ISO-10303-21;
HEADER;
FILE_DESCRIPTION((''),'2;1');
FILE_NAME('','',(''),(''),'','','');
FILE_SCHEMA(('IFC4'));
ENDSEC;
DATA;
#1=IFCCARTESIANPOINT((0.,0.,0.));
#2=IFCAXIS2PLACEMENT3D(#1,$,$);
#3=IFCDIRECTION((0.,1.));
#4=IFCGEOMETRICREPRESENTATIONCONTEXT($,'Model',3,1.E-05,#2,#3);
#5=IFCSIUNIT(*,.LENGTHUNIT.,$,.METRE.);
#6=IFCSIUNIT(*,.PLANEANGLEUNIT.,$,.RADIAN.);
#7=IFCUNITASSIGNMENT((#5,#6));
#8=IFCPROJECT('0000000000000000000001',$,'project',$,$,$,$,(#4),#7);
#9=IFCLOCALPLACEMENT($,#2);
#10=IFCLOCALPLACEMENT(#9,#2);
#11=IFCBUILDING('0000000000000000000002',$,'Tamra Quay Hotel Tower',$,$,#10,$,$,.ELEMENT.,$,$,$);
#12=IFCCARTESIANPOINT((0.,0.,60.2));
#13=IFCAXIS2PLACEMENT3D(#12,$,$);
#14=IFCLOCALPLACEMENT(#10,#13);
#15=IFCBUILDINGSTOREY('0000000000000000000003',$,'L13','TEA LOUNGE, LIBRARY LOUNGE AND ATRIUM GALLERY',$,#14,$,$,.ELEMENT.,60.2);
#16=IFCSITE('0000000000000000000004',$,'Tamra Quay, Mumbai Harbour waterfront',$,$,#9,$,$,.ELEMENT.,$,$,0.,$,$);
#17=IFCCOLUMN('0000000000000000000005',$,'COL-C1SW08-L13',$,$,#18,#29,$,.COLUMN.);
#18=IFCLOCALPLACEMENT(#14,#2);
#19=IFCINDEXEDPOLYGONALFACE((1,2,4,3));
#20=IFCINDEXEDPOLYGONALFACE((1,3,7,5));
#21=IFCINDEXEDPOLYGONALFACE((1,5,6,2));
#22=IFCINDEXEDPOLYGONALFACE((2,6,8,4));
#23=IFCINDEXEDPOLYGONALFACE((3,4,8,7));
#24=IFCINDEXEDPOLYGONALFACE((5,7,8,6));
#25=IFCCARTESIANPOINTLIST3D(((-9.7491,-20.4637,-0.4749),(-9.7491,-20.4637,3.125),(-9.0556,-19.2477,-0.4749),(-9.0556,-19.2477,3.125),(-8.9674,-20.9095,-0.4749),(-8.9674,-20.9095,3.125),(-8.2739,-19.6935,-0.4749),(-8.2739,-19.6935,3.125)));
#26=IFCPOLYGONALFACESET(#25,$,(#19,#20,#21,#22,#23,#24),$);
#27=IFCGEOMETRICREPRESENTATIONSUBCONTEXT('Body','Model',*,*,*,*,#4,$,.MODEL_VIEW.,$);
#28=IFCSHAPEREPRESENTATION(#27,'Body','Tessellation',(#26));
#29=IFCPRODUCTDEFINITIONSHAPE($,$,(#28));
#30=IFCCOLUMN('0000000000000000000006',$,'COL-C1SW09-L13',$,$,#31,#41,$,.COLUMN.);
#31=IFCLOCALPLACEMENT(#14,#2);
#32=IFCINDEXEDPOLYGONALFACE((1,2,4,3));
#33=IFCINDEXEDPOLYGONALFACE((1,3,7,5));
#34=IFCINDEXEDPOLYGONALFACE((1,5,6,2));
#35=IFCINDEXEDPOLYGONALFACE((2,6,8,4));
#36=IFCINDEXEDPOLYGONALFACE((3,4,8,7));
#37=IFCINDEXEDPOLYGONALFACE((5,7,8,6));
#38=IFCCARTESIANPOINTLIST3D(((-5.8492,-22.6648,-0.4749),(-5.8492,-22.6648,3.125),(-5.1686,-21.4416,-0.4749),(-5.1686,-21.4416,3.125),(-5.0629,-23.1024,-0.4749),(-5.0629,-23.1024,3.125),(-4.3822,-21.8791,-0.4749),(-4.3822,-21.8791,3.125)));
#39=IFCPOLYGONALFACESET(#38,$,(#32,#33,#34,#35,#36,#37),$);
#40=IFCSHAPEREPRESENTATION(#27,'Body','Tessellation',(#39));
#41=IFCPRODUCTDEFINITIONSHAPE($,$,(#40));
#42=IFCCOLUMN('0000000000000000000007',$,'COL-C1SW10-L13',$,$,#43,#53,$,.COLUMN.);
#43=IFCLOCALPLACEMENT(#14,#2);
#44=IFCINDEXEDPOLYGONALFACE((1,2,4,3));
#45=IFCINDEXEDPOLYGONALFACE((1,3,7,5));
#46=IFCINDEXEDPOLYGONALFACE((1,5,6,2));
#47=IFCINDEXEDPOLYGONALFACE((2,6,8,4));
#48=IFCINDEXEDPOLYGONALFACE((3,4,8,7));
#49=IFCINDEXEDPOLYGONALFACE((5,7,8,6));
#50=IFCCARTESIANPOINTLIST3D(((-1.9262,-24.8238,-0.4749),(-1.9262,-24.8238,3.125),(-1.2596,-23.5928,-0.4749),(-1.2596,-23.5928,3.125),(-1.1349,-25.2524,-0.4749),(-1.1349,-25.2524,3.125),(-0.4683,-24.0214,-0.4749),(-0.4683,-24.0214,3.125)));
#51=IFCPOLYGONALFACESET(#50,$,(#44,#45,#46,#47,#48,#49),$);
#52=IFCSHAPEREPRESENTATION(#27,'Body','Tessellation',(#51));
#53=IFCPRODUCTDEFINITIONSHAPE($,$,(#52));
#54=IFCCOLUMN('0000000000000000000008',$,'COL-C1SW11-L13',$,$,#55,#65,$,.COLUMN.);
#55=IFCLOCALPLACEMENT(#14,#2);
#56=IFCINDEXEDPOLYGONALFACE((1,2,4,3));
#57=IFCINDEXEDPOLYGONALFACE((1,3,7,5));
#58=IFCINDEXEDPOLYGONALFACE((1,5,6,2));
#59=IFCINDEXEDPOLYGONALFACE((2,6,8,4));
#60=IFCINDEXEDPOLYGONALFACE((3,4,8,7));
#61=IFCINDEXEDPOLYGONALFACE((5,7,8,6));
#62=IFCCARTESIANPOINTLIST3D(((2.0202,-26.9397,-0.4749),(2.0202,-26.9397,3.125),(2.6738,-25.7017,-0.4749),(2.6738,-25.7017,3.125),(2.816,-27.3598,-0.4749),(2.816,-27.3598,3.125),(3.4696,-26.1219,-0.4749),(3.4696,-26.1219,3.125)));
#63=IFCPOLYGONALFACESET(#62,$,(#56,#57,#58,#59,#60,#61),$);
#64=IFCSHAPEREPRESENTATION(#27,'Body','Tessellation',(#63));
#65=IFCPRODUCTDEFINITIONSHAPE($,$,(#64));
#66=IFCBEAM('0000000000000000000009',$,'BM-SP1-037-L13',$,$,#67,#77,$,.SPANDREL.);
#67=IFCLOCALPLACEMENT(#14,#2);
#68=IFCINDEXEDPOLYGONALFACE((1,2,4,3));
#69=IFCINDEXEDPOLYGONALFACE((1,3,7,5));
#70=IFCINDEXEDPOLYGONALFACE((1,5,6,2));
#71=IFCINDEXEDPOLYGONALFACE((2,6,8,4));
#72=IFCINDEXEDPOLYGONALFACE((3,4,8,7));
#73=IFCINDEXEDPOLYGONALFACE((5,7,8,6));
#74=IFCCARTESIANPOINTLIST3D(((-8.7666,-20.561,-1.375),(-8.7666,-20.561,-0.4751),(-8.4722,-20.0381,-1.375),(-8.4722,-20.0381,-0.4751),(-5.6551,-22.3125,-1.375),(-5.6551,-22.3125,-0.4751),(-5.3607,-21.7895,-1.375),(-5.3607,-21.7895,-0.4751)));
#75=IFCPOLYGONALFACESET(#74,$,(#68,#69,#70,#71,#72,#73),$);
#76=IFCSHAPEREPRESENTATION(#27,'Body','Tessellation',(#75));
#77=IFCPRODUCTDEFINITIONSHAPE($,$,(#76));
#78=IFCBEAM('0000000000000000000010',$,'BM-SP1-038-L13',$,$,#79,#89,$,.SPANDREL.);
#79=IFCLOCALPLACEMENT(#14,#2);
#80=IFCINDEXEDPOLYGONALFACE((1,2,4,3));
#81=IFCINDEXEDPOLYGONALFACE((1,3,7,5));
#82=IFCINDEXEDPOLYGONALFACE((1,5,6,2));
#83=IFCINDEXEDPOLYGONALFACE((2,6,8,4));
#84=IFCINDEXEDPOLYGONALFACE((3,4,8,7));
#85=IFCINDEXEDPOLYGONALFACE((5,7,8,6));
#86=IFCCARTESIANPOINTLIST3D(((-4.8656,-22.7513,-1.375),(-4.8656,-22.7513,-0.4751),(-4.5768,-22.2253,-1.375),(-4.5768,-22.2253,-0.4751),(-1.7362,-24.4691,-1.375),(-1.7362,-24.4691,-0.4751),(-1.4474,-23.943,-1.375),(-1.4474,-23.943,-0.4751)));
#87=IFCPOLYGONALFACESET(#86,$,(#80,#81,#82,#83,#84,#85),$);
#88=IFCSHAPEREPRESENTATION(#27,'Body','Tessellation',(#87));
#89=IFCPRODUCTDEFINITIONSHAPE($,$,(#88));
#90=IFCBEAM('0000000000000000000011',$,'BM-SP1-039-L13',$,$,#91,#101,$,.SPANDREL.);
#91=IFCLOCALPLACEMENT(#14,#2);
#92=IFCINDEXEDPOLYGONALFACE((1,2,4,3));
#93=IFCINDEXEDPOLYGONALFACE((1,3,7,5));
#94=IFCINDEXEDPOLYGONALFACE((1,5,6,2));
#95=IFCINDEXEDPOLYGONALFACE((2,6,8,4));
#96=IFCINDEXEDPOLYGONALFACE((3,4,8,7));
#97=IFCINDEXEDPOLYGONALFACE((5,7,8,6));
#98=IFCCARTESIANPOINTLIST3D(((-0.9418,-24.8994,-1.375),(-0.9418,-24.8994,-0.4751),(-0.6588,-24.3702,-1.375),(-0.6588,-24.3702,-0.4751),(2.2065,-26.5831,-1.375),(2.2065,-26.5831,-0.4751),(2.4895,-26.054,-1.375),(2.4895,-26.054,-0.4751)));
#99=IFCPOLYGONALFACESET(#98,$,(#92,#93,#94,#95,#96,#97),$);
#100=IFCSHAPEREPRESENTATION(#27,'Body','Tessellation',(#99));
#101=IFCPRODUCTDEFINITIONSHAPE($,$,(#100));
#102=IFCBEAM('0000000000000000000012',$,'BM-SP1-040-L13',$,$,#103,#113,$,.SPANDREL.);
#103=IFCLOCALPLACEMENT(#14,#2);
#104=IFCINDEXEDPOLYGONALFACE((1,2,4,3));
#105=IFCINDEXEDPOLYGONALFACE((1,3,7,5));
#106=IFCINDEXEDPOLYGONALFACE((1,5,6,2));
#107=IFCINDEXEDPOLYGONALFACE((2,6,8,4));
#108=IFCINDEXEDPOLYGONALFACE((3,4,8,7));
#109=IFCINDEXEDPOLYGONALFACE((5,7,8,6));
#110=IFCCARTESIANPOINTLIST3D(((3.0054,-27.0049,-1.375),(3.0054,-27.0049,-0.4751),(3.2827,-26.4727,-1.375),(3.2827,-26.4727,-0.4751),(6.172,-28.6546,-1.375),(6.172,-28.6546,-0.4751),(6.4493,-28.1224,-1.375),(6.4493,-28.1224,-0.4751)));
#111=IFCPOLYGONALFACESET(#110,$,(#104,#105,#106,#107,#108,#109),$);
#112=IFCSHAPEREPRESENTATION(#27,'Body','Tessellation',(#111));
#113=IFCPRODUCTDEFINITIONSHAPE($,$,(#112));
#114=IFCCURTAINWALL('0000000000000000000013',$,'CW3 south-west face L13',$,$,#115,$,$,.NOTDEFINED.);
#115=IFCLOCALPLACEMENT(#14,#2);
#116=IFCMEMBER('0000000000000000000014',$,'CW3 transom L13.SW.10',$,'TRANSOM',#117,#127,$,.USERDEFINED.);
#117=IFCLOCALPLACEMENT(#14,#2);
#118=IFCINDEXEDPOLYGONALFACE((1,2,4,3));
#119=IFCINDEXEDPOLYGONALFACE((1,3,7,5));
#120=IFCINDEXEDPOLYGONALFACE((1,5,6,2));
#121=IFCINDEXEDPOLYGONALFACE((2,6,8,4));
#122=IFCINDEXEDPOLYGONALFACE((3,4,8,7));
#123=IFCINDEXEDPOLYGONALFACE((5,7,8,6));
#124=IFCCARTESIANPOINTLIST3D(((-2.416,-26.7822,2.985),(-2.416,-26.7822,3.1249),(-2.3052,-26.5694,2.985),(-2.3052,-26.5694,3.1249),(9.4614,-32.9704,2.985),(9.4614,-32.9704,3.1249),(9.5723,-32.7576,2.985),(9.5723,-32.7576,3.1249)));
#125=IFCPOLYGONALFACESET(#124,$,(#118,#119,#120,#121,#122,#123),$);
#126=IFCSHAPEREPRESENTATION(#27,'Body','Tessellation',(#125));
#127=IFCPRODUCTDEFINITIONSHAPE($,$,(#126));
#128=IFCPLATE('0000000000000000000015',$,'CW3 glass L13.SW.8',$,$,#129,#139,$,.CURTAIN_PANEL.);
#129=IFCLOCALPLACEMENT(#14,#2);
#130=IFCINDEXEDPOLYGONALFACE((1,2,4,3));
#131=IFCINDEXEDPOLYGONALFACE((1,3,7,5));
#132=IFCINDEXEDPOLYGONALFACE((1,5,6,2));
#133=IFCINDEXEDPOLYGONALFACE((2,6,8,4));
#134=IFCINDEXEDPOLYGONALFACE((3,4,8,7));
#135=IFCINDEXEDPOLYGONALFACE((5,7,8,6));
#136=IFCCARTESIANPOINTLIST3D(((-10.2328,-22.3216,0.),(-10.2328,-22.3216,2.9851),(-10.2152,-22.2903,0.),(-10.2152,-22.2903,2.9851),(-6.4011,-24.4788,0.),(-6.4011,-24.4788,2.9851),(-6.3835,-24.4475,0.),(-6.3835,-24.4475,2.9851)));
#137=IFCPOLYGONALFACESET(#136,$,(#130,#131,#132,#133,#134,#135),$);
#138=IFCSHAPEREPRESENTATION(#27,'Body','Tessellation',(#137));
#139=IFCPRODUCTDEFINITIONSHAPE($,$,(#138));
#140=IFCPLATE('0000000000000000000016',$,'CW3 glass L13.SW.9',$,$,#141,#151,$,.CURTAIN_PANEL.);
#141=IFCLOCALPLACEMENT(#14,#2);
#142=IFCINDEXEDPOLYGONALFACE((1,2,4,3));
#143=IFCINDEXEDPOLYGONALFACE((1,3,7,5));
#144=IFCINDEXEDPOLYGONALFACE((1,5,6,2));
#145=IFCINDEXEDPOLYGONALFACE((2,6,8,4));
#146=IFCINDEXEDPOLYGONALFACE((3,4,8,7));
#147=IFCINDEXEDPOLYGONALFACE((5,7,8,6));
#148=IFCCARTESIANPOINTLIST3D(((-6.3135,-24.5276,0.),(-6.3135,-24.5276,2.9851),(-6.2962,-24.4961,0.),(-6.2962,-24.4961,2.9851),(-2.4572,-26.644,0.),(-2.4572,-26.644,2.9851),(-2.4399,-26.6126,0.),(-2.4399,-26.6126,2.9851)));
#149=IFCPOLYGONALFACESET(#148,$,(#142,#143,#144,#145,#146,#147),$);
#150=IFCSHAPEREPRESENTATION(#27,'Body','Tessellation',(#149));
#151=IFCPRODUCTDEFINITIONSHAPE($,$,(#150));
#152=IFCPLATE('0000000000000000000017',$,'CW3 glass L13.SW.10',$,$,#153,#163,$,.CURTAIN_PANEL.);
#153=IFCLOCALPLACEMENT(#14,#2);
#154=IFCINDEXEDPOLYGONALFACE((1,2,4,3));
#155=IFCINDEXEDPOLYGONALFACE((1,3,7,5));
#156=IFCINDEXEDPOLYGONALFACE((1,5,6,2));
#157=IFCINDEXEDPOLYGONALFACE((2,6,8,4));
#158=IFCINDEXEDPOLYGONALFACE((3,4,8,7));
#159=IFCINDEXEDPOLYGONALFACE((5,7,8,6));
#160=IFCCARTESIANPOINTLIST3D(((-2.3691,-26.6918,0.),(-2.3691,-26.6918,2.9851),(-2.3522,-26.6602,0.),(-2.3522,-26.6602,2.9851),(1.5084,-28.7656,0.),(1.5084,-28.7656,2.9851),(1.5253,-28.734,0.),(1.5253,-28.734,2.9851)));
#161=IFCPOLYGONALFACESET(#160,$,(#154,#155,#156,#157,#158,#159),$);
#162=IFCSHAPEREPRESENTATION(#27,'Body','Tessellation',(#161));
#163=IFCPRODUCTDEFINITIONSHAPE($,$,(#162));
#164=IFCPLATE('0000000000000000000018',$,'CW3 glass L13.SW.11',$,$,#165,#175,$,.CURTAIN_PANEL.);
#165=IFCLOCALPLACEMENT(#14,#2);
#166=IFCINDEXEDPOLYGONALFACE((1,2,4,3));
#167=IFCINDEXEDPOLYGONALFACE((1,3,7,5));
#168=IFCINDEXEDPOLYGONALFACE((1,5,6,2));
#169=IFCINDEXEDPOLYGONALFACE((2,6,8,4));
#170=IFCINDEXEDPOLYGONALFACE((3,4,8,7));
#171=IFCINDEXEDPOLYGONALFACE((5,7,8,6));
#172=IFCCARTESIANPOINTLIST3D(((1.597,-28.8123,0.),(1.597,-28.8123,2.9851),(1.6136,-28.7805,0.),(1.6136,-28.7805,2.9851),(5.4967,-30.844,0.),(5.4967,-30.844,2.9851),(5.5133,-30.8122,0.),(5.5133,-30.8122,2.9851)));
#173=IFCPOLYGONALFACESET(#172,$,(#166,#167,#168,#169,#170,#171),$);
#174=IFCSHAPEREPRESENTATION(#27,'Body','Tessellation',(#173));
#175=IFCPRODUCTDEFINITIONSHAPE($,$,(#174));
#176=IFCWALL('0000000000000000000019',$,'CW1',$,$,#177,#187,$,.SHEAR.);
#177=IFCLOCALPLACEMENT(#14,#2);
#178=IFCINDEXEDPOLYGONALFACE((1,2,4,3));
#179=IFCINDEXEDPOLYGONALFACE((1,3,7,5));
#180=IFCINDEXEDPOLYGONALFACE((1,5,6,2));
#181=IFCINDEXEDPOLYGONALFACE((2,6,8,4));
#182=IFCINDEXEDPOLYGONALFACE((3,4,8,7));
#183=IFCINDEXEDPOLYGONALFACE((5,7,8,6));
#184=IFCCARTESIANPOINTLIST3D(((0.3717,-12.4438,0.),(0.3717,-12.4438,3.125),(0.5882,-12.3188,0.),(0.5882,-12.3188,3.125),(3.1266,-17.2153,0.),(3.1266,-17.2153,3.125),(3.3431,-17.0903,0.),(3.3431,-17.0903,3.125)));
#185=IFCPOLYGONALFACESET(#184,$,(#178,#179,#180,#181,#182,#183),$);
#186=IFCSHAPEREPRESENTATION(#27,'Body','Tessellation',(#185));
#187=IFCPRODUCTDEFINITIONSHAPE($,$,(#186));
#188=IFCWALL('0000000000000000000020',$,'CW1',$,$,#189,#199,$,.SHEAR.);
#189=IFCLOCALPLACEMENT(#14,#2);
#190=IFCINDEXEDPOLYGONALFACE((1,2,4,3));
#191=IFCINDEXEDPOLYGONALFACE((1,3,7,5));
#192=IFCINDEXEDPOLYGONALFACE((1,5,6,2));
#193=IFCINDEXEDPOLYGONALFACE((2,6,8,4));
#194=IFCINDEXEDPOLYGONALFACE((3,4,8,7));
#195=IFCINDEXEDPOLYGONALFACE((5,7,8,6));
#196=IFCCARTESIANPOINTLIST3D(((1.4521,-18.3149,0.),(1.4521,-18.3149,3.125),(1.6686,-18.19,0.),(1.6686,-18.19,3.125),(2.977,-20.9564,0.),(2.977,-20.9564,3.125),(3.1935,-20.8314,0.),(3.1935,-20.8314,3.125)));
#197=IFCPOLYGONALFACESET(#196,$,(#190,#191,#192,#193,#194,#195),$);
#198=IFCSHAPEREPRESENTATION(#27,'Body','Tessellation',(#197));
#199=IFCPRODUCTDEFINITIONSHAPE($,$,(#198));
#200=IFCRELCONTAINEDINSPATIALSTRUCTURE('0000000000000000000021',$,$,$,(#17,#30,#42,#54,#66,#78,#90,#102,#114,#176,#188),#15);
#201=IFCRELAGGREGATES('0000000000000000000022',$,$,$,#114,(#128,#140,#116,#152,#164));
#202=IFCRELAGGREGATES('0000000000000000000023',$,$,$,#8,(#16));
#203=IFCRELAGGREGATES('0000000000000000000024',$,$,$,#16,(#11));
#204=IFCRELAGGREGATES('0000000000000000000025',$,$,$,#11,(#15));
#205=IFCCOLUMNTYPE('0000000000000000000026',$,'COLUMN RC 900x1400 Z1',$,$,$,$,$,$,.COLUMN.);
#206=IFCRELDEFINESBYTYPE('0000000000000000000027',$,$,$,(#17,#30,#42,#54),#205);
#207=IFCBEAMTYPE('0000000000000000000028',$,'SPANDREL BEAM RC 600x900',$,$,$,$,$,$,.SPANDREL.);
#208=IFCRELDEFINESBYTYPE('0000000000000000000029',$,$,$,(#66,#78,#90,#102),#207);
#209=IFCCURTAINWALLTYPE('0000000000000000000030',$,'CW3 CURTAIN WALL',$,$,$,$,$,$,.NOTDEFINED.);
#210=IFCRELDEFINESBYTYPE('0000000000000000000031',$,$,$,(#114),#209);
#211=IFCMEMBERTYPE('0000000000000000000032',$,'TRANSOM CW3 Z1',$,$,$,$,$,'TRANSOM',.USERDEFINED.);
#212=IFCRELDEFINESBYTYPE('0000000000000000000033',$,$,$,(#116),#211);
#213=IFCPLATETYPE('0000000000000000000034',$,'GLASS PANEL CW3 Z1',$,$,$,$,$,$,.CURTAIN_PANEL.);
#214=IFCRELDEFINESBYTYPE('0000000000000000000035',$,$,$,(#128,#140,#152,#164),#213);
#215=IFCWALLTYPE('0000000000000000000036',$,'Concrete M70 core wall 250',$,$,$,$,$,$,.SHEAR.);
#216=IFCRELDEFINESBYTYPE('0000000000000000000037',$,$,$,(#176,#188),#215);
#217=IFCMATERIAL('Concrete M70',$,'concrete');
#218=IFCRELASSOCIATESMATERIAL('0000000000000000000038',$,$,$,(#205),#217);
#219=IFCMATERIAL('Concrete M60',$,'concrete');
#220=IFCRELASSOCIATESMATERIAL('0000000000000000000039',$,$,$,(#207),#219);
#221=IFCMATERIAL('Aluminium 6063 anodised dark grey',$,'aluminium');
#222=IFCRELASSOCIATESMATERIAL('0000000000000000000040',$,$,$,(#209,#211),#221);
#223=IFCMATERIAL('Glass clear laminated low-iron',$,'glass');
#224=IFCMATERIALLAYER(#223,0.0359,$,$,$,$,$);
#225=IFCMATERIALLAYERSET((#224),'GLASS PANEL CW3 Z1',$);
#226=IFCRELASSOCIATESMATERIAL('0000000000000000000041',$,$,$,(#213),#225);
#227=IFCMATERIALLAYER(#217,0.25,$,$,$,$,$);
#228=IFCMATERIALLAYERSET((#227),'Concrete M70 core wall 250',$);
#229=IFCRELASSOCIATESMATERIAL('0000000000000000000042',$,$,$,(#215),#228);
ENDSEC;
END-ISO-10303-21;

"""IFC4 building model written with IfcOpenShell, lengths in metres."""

from ifc_helpers import new_model, si_unit, direction, frame, frame_2d, origin, origin_2d, place, context, subcontext, project, spatial, rectangle, extrude, material, layer, layer_set, material_profile, profile_set, type_object, element, aggregate, save


model = new_model("IFC4")

# Units and contexts
model_context = context("Model", 3, precision=1e-05, world=origin(), true_north=direction((0.0, 1.0)))
body_context = subcontext(model_context, "Body", "Model", "MODEL_VIEW")
ifc_project = project(units=[si_unit("LENGTHUNIT", "METRE"), si_unit("PLANEANGLEUNIT", "RADIAN")], contexts=[model_context])

# Site, building, storey
site_placement = place(None, origin())
site = spatial("IfcSite", under=ifc_project, at=site_placement, Name="Tamra Quay, Mumbai Harbour waterfront", CompositionType="ELEMENT", RefElevation=0.0)
building_placement = place(site_placement, origin())
building = spatial("IfcBuilding", under=site, at=building_placement, Name="Tamra Quay Hotel Tower", CompositionType="ELEMENT")
storey_placement = place(building_placement, frame((0.0, 0.0, 60.2)))
storey = spatial("IfcBuildingStorey", under=building, at=storey_placement, Name="L13", Description="TEA LOUNGE, LIBRARY LOUNGE AND ATRIUM GALLERY", CompositionType="ELEMENT", Elevation=60.2)

# Columns
ifc_material_1 = material(Name="Concrete M70", Category="concrete")
ifc_material_profile_1 = material_profile(ifc_material_1, rectangle(XDim=1.3999, YDim=0.8999, at=origin_2d()), Name="COLUMN RC 900x1400 Z1")
ifc_profile_set_1 = profile_set([ifc_material_profile_1], Name="Concrete M70")
column_type = type_object("IfcColumnType", Name="COLUMN RC 900x1400 Z1", PredefinedType="COLUMN", material=ifc_profile_set_1)
for number, where, z_axis, x_axis, name in (
    (1, (-9.0115, -20.0786, -0.4749), (0.0, 0.0, 1.0), (0.495421, 0.868653, 0.0), "COL-C1SW08-L13"),
    (2, (-5.1157, -22.272, -0.4749), (0.0, 0.0, 1.0), (0.486221, 0.873836, 0.0), "COL-C1SW09-L13"),
    (3, (-1.1973, -24.4226, -0.4749), (0.0, 0.0, 1.0), (0.476198, 0.879338, 0.0), "COL-C1SW10-L13"),
    (4, (2.7449, -26.5308, -0.4749), (0.0, 0.0, 1.0), (0.466896, 0.884312, 0.0), "COL-C1SW11-L13"),
):
    element("IfcColumn", number, at=place(storey_placement, frame(where, z_axis=z_axis, x_axis=x_axis)), inside=storey, type_object=column_type, Name=name, PredefinedType="COLUMN", context=body_context, shape_type="SweptSolid", body=[
        extrude(rectangle(XDim=1.3999, YDim=0.8999, at=origin_2d()), origin(), (0.0, 0.0, 1.0), 3.5999),
    ])

# Beams
ifc_material_2 = material(Name="Concrete M60", Category="concrete")
ifc_material_profile_2 = material_profile(ifc_material_2, rectangle(XDim=0.6001, YDim=0.8999, at=origin_2d()), Name="SPANDREL BEAM RC 600x900")
ifc_profile_set_2 = profile_set([ifc_material_profile_2], Name="Concrete M60")
beam_type = type_object("IfcBeamType", Name="SPANDREL BEAM RC 600x900", PredefinedType="SPANDREL", material=ifc_profile_set_2)
beam_1_placement = place(storey_placement, frame((-8.6194, -20.2996, -0.925), z_axis=(0.871431, -0.490518, 0.0), x_axis=(0.490518, 0.871431, 0.0)))
element("IfcBeam", 5, at=beam_1_placement, inside=storey, type_object=beam_type, Name="BM-SP1-037-L13", PredefinedType="SPANDREL", context=body_context, shape_type="SweptSolid", body=[
    extrude(rectangle(XDim=0.6001, YDim=0.8999, at=origin_2d()), origin(), (0.0, 0.0, 1.0), 3.5706),
])
beam_2_placement = place(storey_placement, frame((-4.7212, -22.4883, -0.925), z_axis=(0.876617, -0.481189, 0.0), x_axis=(0.481189, 0.876617, 0.0)))
element("IfcBeam", 6, at=beam_2_placement, inside=storey, type_object=beam_type, Name="BM-SP1-038-L13", PredefinedType="SPANDREL", context=body_context, shape_type="SweptSolid", body=[
    extrude(rectangle(XDim=0.6001, YDim=0.8999, at=origin_2d()), origin(), (0.0, 0.0, 1.0), 3.5698),
])
beam_3_placement = place(storey_placement, frame((-0.8003, -24.6348, -0.925), z_axis=(0.881809, -0.471607, 0.0), x_axis=(0.471607, 0.881809, 0.0)))
element("IfcBeam", 7, at=beam_3_placement, inside=storey, type_object=beam_type, Name="BM-SP1-039-L13", PredefinedType="SPANDREL", context=body_context, shape_type="SweptSolid", body=[
    extrude(rectangle(XDim=0.6001, YDim=0.8999, at=origin_2d()), origin(), (0.0, 0.0, 1.0), 3.5703),
])
beam_4_placement = place(storey_placement, frame((3.144, -26.7388, -0.925), z_axis=(0.886864, -0.462031, 0.0), x_axis=(0.462031, 0.886864, 0.0)))
element("IfcBeam", 8, at=beam_4_placement, inside=storey, type_object=beam_type, Name="BM-SP1-040-L13", PredefinedType="SPANDREL", context=body_context, shape_type="SweptSolid", body=[
    extrude(rectangle(XDim=0.6001, YDim=0.8999, at=origin_2d()), origin(), (0.0, 0.0, 1.0), 3.5706),
])

# Curtain wall, member, plates
ifc_material_3 = material(Name="Aluminium 6063 anodised dark grey", Category="aluminium")
curtain_wall_type = type_object("IfcCurtainWallType", Name="CW3 CURTAIN WALL", PredefinedType="NOTDEFINED", material=ifc_material_3)
curtain_wall_placement = place(storey_placement, origin())
curtain_wall = element("IfcCurtainWall", 9, at=curtain_wall_placement, inside=storey, type_object=curtain_wall_type, Name="CW3 south-west face L13", PredefinedType="NOTDEFINED")
ifc_material_profile_3 = material_profile(ifc_material_3, rectangle(XDim=0.24, YDim=0.1399, at=origin_2d()), Name="TRANSOM 240X140")
ifc_profile_set_3 = profile_set([ifc_material_profile_3], Name="Aluminium 6063 anodised dark grey")
member_type = type_object("IfcMemberType", Name="TRANSOM CW3 Z1", ElementType="TRANSOM", PredefinedType="USERDEFINED", material=ifc_profile_set_3)
member_placement = place(storey_placement, frame((-2.3606, -26.6758, 3.0549), z_axis=(0.886851, -0.462056, 0.0), x_axis=(0.462056, 0.886851, 0.0)))
member = element("IfcMember", 10, at=member_placement, type_object=member_type, Name="CW3 transom L13.SW.10", ObjectType="TRANSOM", PredefinedType="USERDEFINED", context=body_context, shape_type="SweptSolid", body=[
    extrude(rectangle(XDim=0.24, YDim=0.1399, at=origin_2d()), origin(), (0.0, 0.0, 1.0), 13.3928),
])
ifc_material_4 = material(Name="Glass clear laminated low-iron", Category="glass")
ifc_layer_1 = layer(ifc_material_4, 0.0359)
ifc_layer_set_1 = layer_set([ifc_layer_1], Name="GLASS PANEL CW3 Z1")
plate_type = type_object("IfcPlateType", Name="GLASS PANEL CW3 Z1", PredefinedType="CURTAIN_PANEL", material=ifc_layer_set_1)
plate_1_placement = place(storey_placement, frame((-8.3081, -23.3845, 0.0), z_axis=(0.0, 0.0, 1.0), x_axis=(0.871392, -0.490587, 0.0)))
plate_1 = element("IfcPlate", 11, at=plate_1_placement, type_object=plate_type, Name="CW3 glass L13.SW.8", PredefinedType="CURTAIN_PANEL", context=body_context, shape_type="SweptSolid", body=[
    extrude(rectangle(XDim=4.3972, YDim=0.0359, at=origin_2d()), origin(), (0.0, 0.0, 1.0), 2.9851),
])
plate_2_placement = place(storey_placement, frame((-4.3767, -25.5701, 0.0), z_axis=(0.0, 0.0, 1.0), x_axis=(0.876651, -0.481127, 0.0)))
plate_2 = element("IfcPlate", 12, at=plate_2_placement, type_object=plate_type, Name="CW3 glass L13.SW.9", PredefinedType="CURTAIN_PANEL", context=body_context, shape_type="SweptSolid", body=[
    extrude(rectangle(XDim=4.3989, YDim=0.0359, at=origin_2d()), origin(), (0.0, 0.0, 1.0), 2.9851),
])
plate_3_placement = place(storey_placement, frame((-0.4219, -27.7129, 0.0), z_axis=(0.0, 0.0, 1.0), x_axis=(0.881806, -0.471612, 0.0)))
plate_3 = element("IfcPlate", 13, at=plate_3_placement, type_object=plate_type, Name="CW3 glass L13.SW.10", PredefinedType="CURTAIN_PANEL", context=body_context, shape_type="SweptSolid", body=[
    extrude(rectangle(XDim=4.3972, YDim=0.0359, at=origin_2d()), origin(), (0.0, 0.0, 1.0), 2.9851),
])
plate_4_placement = place(storey_placement, frame((3.5552, -29.8123, 0.0), z_axis=(0.0, 0.0, 1.0), x_axis=(0.886856, -0.462045, 0.0)))
plate_4 = element("IfcPlate", 14, at=plate_4_placement, type_object=plate_type, Name="CW3 glass L13.SW.11", PredefinedType="CURTAIN_PANEL", context=body_context, shape_type="SweptSolid", body=[
    extrude(rectangle(XDim=4.3972, YDim=0.0359, at=origin_2d()), origin(), (0.0, 0.0, 1.0), 2.9851),
])
aggregate(curtain_wall, [plate_1, plate_2, member, plate_3, plate_4])

# Walls
ifc_layer_2 = layer(ifc_material_1, 0.25)
ifc_layer_set_2 = layer_set([ifc_layer_2], Name="Concrete M70 core wall 250")
wall_type_1 = type_object("IfcWallType", Name="Concrete M70 core wall 250", PredefinedType="SHEAR", material=ifc_layer_set_2)
wall_1_placement = place(storey_placement, frame((3.2349, -17.1528, 0.0), z_axis=(0.0, 0.0, 1.0), x_axis=(-0.500009, 0.86602, 0.0)))
element("IfcWall", 15, at=wall_1_placement, inside=storey, type_object=wall_type_1, Name="CW1", PredefinedType="SHEAR", context=body_context, shape_type="SweptSolid", body=[
    extrude(rectangle(XDim=5.5098, YDim=0.25, at=frame_2d((2.7549, 0.0))), origin(), (0.0, 0.0, 1.0), 3.125),
])
wall_2_placement = place(storey_placement, frame((3.0852, -20.8938, 0.0), z_axis=(0.0, 0.0, 1.0), x_axis=(-0.499979, 0.866038, 0.0)))
element("IfcWall", 16, at=wall_2_placement, inside=storey, type_object=wall_type_1, Name="CW1", PredefinedType="SHEAR", context=body_context, shape_type="SweptSolid", body=[
    extrude(rectangle(XDim=3.05, YDim=0.25, at=frame_2d((1.5249, 0.0))), origin(), (0.0, 0.0, 1.0), 3.125),
])

save(model, "model.ifc")
